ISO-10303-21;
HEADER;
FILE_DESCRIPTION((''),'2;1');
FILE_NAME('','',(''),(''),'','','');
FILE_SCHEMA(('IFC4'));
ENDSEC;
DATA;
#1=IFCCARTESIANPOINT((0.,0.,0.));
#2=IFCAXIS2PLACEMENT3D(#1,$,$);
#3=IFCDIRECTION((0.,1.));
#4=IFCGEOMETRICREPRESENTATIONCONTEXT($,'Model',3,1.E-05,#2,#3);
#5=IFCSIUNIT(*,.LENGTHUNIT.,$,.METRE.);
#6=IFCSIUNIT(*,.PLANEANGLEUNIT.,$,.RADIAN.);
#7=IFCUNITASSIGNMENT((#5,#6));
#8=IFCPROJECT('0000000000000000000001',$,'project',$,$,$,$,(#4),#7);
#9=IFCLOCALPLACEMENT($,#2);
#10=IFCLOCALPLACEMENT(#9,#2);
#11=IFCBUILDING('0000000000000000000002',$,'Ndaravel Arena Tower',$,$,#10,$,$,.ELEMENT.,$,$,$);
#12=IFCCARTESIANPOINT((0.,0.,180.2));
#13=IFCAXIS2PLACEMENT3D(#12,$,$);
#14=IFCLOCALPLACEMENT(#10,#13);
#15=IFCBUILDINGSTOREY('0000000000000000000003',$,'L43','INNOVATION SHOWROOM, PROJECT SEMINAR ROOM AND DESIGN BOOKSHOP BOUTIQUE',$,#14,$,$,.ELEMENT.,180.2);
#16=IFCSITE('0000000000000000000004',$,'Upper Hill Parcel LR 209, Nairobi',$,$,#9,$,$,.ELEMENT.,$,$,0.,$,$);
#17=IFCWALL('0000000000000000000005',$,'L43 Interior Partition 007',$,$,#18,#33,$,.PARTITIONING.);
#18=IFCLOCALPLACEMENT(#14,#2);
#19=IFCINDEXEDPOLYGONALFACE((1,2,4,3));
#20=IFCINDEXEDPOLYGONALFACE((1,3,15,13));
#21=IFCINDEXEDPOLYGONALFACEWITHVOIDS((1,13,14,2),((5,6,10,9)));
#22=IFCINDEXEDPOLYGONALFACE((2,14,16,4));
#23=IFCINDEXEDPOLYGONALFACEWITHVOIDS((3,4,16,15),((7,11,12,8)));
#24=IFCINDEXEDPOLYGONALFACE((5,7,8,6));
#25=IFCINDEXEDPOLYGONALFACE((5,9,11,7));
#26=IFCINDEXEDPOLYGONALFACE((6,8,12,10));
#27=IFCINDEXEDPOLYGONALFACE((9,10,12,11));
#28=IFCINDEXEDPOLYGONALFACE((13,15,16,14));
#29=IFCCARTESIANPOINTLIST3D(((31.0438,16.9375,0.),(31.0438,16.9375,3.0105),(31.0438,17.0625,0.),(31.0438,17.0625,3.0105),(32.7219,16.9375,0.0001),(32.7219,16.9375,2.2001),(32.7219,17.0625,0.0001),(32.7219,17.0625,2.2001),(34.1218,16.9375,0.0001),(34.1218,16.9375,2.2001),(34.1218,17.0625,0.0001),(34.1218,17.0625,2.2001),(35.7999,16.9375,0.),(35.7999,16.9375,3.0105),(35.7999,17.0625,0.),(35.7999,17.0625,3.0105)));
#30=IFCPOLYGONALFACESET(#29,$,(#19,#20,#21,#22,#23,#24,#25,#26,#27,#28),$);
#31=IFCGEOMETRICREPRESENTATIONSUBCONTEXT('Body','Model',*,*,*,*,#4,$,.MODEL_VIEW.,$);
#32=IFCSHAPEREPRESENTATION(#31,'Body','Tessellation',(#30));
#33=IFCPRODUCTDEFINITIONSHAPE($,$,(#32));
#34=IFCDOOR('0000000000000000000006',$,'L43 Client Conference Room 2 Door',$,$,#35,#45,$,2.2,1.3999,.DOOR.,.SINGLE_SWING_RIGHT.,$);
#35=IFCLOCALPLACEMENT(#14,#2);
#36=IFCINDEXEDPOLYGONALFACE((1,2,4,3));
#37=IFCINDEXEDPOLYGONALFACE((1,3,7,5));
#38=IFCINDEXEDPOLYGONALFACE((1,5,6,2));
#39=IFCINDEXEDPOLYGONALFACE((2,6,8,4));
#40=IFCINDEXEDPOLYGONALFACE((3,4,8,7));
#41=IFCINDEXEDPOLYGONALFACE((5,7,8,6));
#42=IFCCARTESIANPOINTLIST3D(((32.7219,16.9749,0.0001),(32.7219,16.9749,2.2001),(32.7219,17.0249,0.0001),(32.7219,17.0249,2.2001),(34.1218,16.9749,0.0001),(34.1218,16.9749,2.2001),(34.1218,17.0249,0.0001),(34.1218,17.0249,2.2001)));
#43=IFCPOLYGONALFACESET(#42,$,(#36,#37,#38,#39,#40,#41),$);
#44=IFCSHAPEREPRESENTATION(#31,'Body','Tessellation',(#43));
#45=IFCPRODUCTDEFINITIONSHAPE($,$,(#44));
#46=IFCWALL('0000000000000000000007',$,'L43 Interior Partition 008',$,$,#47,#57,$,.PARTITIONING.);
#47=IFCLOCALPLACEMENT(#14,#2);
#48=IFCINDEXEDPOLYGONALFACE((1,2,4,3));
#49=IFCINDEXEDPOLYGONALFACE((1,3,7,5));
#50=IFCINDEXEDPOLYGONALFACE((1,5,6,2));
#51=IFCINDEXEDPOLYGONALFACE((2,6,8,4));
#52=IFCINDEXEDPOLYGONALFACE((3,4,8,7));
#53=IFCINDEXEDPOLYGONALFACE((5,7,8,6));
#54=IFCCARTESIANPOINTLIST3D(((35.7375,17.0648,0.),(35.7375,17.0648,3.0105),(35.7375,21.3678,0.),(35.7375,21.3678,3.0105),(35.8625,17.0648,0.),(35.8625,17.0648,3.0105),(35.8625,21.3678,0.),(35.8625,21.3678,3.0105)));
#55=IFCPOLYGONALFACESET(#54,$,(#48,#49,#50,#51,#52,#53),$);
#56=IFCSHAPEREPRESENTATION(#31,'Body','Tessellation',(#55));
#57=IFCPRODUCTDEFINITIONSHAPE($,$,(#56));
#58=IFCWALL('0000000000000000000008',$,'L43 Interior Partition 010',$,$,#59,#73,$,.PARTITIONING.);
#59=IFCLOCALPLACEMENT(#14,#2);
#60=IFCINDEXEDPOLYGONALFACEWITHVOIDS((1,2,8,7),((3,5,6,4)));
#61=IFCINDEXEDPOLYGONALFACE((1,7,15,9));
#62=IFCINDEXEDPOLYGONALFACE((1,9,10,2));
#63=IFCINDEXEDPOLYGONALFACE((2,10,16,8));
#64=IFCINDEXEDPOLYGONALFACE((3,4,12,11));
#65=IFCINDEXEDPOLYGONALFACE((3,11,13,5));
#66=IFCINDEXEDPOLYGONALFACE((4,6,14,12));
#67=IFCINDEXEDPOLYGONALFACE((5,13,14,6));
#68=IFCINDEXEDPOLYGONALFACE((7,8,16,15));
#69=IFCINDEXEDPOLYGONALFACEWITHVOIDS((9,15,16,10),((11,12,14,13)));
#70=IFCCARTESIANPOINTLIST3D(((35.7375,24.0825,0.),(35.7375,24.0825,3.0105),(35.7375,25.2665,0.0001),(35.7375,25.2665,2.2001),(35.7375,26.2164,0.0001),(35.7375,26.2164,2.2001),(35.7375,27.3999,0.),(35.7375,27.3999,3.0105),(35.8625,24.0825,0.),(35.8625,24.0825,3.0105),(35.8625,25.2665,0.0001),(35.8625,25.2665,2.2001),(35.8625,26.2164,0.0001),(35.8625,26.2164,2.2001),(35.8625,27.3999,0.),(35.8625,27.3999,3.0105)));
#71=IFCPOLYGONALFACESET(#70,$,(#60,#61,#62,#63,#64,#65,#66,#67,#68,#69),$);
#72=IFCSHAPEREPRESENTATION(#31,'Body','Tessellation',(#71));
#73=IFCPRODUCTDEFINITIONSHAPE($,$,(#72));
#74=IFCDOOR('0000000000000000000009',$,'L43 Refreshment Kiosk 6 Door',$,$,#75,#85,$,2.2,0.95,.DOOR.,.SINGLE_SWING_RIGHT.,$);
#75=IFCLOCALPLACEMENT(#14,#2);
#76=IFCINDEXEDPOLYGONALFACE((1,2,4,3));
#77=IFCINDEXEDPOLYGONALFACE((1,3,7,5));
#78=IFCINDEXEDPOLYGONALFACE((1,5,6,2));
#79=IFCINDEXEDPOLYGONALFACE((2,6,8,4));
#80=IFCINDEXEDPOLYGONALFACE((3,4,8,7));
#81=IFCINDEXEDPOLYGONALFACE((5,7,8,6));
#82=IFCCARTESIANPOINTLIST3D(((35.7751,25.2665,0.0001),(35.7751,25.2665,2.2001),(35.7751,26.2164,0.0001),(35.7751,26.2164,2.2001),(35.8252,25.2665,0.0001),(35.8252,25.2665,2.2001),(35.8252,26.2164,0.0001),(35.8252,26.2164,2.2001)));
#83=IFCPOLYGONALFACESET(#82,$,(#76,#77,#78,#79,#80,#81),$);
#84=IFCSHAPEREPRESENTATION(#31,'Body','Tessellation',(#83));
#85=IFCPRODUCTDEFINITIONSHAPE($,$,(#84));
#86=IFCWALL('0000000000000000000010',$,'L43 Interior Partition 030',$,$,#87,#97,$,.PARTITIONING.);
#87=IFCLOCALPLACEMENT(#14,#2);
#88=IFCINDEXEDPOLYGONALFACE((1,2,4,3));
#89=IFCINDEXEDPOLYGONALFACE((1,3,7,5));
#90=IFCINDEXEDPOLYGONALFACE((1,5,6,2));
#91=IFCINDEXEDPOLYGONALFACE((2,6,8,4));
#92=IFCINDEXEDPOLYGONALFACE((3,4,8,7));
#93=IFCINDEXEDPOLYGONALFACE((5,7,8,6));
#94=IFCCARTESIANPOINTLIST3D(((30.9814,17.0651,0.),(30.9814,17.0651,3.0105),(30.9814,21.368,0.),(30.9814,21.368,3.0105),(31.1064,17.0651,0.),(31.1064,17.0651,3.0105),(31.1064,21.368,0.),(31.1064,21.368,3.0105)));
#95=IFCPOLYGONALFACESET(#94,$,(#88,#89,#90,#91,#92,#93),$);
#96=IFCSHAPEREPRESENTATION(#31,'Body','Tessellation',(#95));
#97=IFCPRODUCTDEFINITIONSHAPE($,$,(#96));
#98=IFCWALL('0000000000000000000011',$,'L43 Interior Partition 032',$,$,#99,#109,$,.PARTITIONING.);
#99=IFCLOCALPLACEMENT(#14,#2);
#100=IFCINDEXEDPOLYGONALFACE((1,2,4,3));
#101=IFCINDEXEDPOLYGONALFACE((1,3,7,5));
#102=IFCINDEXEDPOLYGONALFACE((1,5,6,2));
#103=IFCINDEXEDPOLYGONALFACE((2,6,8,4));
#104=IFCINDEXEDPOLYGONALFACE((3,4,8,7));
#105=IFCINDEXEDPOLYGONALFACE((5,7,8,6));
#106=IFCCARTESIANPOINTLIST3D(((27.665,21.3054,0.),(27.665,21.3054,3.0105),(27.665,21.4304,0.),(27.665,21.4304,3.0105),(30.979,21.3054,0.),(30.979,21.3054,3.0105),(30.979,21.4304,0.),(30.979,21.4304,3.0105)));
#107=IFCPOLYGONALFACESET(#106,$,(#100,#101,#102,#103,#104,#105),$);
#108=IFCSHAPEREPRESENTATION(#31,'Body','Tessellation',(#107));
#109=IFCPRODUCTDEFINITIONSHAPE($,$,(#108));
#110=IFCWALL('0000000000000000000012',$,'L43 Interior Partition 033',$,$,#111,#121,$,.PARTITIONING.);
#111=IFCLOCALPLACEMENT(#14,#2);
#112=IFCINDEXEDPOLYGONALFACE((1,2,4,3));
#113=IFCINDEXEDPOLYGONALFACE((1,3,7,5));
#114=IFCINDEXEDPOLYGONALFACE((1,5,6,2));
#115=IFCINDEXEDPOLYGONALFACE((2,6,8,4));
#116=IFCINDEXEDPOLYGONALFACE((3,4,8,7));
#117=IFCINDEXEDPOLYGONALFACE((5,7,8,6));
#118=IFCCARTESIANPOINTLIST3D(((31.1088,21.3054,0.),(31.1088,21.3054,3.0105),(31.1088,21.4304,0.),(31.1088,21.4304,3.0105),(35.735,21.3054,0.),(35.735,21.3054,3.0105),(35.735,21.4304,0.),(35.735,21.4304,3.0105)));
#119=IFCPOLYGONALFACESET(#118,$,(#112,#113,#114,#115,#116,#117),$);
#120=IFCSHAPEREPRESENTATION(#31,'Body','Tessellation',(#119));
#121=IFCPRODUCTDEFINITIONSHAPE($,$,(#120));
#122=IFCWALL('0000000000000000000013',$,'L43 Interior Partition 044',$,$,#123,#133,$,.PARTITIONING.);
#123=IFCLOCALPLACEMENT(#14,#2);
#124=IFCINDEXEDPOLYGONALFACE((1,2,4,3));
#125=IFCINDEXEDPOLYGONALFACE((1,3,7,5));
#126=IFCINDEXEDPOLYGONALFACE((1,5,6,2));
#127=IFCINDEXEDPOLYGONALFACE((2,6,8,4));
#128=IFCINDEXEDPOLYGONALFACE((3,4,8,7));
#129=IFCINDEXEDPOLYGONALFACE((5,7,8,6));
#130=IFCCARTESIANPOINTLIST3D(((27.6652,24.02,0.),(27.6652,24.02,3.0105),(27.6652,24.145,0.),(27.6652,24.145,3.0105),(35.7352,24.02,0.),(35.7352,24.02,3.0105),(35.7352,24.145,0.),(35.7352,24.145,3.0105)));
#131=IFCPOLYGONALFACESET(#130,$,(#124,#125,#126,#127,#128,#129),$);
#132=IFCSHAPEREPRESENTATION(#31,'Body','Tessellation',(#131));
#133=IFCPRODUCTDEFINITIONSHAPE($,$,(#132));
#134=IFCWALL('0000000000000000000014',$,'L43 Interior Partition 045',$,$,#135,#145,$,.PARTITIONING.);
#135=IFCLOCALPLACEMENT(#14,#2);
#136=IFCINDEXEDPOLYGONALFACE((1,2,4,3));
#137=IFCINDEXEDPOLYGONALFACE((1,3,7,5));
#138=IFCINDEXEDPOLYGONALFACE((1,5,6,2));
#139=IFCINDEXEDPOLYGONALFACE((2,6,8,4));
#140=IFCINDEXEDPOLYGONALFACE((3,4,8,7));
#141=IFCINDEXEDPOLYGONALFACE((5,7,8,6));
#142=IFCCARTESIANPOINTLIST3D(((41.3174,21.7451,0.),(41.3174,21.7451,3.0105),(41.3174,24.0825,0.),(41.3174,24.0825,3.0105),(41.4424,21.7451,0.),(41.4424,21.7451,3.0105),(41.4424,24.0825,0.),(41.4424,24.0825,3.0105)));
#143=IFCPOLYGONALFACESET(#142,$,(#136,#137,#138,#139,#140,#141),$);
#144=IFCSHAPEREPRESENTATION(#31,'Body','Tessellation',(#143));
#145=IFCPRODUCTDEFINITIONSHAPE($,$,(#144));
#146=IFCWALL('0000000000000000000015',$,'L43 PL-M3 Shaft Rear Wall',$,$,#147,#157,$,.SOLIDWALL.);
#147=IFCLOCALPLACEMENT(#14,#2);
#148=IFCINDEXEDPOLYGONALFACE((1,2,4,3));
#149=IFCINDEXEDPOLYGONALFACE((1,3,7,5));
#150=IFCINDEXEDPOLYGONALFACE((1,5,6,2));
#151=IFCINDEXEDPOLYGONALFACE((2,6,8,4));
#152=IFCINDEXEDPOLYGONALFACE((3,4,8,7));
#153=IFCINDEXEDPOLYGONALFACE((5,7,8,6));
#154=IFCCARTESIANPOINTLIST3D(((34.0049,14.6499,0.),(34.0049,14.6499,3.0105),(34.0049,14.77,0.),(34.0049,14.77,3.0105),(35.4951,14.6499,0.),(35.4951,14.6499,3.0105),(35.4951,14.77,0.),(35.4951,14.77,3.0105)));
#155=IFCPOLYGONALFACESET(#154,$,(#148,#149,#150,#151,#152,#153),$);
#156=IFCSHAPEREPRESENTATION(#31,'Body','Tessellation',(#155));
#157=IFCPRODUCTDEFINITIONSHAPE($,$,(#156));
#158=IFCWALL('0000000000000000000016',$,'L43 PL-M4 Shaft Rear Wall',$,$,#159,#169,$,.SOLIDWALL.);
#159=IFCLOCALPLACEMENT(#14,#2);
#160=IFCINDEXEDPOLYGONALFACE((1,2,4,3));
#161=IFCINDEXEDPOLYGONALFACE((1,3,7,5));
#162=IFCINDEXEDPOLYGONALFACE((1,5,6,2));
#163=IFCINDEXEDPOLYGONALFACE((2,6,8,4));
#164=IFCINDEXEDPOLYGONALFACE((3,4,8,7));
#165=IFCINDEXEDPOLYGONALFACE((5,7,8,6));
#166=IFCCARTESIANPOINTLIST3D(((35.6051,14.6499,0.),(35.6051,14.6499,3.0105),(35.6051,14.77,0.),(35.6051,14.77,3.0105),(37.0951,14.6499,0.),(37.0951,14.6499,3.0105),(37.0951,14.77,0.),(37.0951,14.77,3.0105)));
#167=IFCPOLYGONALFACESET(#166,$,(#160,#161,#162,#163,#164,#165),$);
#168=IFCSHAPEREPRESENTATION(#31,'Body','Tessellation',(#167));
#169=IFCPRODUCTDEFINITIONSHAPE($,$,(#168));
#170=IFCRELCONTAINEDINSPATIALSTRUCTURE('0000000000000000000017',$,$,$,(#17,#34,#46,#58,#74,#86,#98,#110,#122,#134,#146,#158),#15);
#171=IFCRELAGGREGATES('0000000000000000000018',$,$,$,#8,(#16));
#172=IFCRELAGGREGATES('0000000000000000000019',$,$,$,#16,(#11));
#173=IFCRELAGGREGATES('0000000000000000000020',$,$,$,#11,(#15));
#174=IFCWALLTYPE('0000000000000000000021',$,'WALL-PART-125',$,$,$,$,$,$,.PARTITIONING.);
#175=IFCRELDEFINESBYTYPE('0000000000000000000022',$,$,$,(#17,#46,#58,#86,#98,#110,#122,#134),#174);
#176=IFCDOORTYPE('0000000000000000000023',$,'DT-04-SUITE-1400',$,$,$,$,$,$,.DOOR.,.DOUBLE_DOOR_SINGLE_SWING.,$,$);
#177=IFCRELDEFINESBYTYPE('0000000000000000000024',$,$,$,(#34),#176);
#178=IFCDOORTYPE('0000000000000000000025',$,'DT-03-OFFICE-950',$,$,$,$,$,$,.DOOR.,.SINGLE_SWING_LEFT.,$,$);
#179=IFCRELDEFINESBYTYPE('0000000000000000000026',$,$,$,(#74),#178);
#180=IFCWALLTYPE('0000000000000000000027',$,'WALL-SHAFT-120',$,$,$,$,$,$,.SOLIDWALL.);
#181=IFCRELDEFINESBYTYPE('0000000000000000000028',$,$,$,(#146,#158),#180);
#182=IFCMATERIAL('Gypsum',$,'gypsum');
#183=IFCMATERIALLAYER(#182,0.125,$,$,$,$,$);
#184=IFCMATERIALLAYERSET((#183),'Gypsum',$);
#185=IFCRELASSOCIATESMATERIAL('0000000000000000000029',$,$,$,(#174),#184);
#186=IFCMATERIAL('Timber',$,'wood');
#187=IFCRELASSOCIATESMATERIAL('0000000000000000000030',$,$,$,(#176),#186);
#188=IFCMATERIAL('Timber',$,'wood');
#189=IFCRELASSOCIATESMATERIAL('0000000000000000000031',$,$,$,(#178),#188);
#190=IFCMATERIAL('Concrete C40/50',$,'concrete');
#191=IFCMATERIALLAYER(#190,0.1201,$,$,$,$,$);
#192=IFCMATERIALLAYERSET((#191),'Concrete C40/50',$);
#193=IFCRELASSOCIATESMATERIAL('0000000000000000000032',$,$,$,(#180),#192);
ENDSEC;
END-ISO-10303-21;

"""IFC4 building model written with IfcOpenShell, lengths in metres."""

from ifc_helpers import new_model, si_unit, direction, frame, frame_2d, origin, place, context, subcontext, project, spatial, rectangle, extrude, material, layer, layer_set, type_object, element, fill, save


model = new_model("IFC4")

# Units and contexts
model_context = context("Model", 3, precision=1e-05, world=origin(), true_north=direction((0.0, 1.0)))
body_context = subcontext(model_context, "Body", "Model", "MODEL_VIEW")
ifc_project = project(units=[si_unit("LENGTHUNIT", "METRE"), si_unit("PLANEANGLEUNIT", "RADIAN")], contexts=[model_context])

# Site, building, storey
site_placement = place(None, origin())
site = spatial("IfcSite", under=ifc_project, at=site_placement, Name="Upper Hill Parcel LR 209, Nairobi", CompositionType="ELEMENT", RefElevation=0.0)
building_placement = place(site_placement, origin())
building = spatial("IfcBuilding", under=site, at=building_placement, Name="Ndaravel Arena Tower", CompositionType="ELEMENT")
storey_placement = place(building_placement, frame((0.0, 0.0, 180.2)))
storey = spatial("IfcBuildingStorey", under=building, at=storey_placement, Name="L43", Description="INNOVATION SHOWROOM, PROJECT SEMINAR ROOM AND DESIGN BOOKSHOP BOUTIQUE", CompositionType="ELEMENT", Elevation=180.2)

# Wall, opening, door
ifc_material_1 = material(Name="Gypsum", Category="gypsum")
ifc_layer_1 = layer(ifc_material_1, 0.125)
ifc_layer_set_1 = layer_set([ifc_layer_1], Name="Gypsum")
wall_type_1 = type_object("IfcWallType", Name="WALL-PART-125", PredefinedType="PARTITIONING", material=ifc_layer_set_1)
wall_1_placement = place(storey_placement, frame((31.0439, 17.0, 0.0), z_axis=(0.0, 0.0, 1.0), x_axis=(1.0, 0.0, 0.0)))
wall_1 = element("IfcWall", 1, at=wall_1_placement, inside=storey, type_object=wall_type_1, Name="L43 Interior Partition 007", PredefinedType="PARTITIONING", context=body_context, shape_type="SweptSolid", body=[
    extrude(rectangle(XDim=4.7561, YDim=0.125, at=frame_2d((2.3779, 0.0))), origin(), (0.0, 0.0, 1.0), 3.0105),
])
opening_1_placement = place(wall_1_placement, frame((1.678, 0.0, 0.0)))
opening_1 = element("IfcOpeningElement", 2, at=opening_1_placement, cuts=wall_1, PredefinedType="OPENING", context=body_context, shape_type="SweptSolid", body=[
    extrude(rectangle(XDim=1.3999, YDim=2.2, at=frame_2d((0.7, 1.1001))), frame((0.0, 0.0625, 0.0), z_axis=(0.0, -1.0, 0.0), x_axis=(1.0, 0.0, 0.0)), (0.0, 0.0, 1.0), 0.125),
])
ifc_material_2 = material(Name="Timber", Category="wood")
door_type_1 = type_object("IfcDoorType", Name="DT-04-SUITE-1400", OperationType="DOUBLE_DOOR_SINGLE_SWING", PredefinedType="DOOR", material=ifc_material_2)
door_1_placement = place(opening_1_placement, origin())
door_1 = element("IfcDoor", 3, at=door_1_placement, inside=storey, type_object=door_type_1, Name="L43 Client Conference Room 2 Door", OperationType="SINGLE_SWING_RIGHT", OverallHeight=2.2, OverallWidth=1.3999, PredefinedType="DOOR", context=body_context, shape_type="SweptSolid", body=[
    extrude(rectangle(XDim=1.3999, YDim=2.2, at=frame_2d((0.7, 1.1001))), frame((0.0, 0.0249, 0.0), z_axis=(0.0, -1.0, 0.0), x_axis=(1.0, 0.0, 0.0)), (0.0, 0.0, 1.0), 0.05),
])
fill(opening_1, door_1)

# Wall
wall_2_placement = place(storey_placement, frame((35.8, 17.0649, 0.0), z_axis=(0.0, 0.0, 1.0), x_axis=(0.0, 1.0, 0.0)))
element("IfcWall", 4, at=wall_2_placement, inside=storey, type_object=wall_type_1, Name="L43 Interior Partition 008", PredefinedType="PARTITIONING", context=body_context, shape_type="SweptSolid", body=[
    extrude(rectangle(XDim=4.303, YDim=0.125, at=frame_2d((2.1514, 0.0))), origin(), (0.0, 0.0, 1.0), 3.0105),
])

# Wall, opening, door
wall_3_placement = place(storey_placement, frame((35.8, 24.0825, 0.0), z_axis=(0.0, 0.0, 1.0), x_axis=(0.0, 1.0, 0.0)))
wall_3 = element("IfcWall", 5, at=wall_3_placement, inside=storey, type_object=wall_type_1, Name="L43 Interior Partition 010", PredefinedType="PARTITIONING", context=body_context, shape_type="SweptSolid", body=[
    extrude(rectangle(XDim=3.3174, YDim=0.125, at=frame_2d((1.6587, 0.0))), origin(), (0.0, 0.0, 1.0), 3.0105),
])
opening_2_placement = place(wall_3_placement, frame((1.1838, 0.0, 0.0)))
opening_2 = element("IfcOpeningElement", 6, at=opening_2_placement, cuts=wall_3, PredefinedType="OPENING", context=body_context, shape_type="SweptSolid", body=[
    extrude(rectangle(XDim=0.95, YDim=2.2, at=frame_2d((0.4751, 1.1001))), frame((0.0, 0.0625, 0.0), z_axis=(0.0, -1.0, 0.0), x_axis=(1.0, 0.0, 0.0)), (0.0, 0.0, 1.0), 0.125),
])
ifc_material_3 = material(Name="Timber", Category="wood")
door_type_2 = type_object("IfcDoorType", Name="DT-03-OFFICE-950", OperationType="SINGLE_SWING_LEFT", PredefinedType="DOOR", material=ifc_material_3)
door_2_placement = place(opening_2_placement, origin())
door_2 = element("IfcDoor", 7, at=door_2_placement, inside=storey, type_object=door_type_2, Name="L43 Refreshment Kiosk 6 Door", OperationType="SINGLE_SWING_RIGHT", OverallHeight=2.2, OverallWidth=0.95, PredefinedType="DOOR", context=body_context, shape_type="SweptSolid", body=[
    extrude(rectangle(XDim=0.95, YDim=2.2, at=frame_2d((0.4751, 1.1001))), frame((0.0, 0.0249, 0.0), z_axis=(0.0, -1.0, 0.0), x_axis=(1.0, 0.0, 0.0)), (0.0, 0.0, 1.0), 0.05),
])
fill(opening_2, door_2)

# Walls
wall_4_placement = place(storey_placement, frame((31.0439, 21.3679, 0.0), z_axis=(0.0, 0.0, 1.0), x_axis=(0.0, -1.0, 0.0)))
element("IfcWall", 8, at=wall_4_placement, inside=storey, type_object=wall_type_1, Name="L43 Interior Partition 030", PredefinedType="PARTITIONING", context=body_context, shape_type="SweptSolid", body=[
    extrude(rectangle(XDim=4.303, YDim=0.125, at=frame_2d((2.1514, 0.0))), origin(), (0.0, 0.0, 1.0), 3.0105),
])
wall_5_placement = place(storey_placement, frame((27.665, 21.3679, 0.0), z_axis=(0.0, 0.0, 1.0), x_axis=(1.0, 0.0, 0.0)))
element("IfcWall", 9, at=wall_5_placement, inside=storey, type_object=wall_type_1, Name="L43 Interior Partition 032", PredefinedType="PARTITIONING", context=body_context, shape_type="SweptSolid", body=[
    extrude(rectangle(XDim=3.314, YDim=0.125, at=frame_2d((1.657, 0.0))), origin(), (0.0, 0.0, 1.0), 3.0105),
])
wall_6_placement = place(storey_placement, frame((31.1089, 21.3679, 0.0), z_axis=(0.0, 0.0, 1.0), x_axis=(1.0, 0.0, 0.0)))
element("IfcWall", 10, at=wall_6_placement, inside=storey, type_object=wall_type_1, Name="L43 Interior Partition 033", PredefinedType="PARTITIONING", context=body_context, shape_type="SweptSolid", body=[
    extrude(rectangle(XDim=4.6262, YDim=0.125, at=frame_2d((2.313, 0.0))), origin(), (0.0, 0.0, 1.0), 3.0105),
])
wall_7_placement = place(storey_placement, frame((27.665, 24.0825, 0.0), z_axis=(0.0, 0.0, 1.0), x_axis=(1.0, 0.0, 0.0)))
element("IfcWall", 11, at=wall_7_placement, inside=storey, type_object=wall_type_1, Name="L43 Interior Partition 044", PredefinedType="PARTITIONING", context=body_context, shape_type="SweptSolid", body=[
    extrude(rectangle(XDim=8.0701, YDim=0.125, at=frame_2d((4.0352, 0.0))), origin(), (0.0, 0.0, 1.0), 3.0105),
])
wall_8_placement = place(storey_placement, frame((41.3799, 21.7451, 0.0), z_axis=(0.0, 0.0, 1.0), x_axis=(0.0, 1.0, 0.0)))
element("IfcWall", 12, at=wall_8_placement, inside=storey, type_object=wall_type_1, Name="L43 Interior Partition 045", PredefinedType="PARTITIONING", context=body_context, shape_type="SweptSolid", body=[
    extrude(rectangle(XDim=2.3374, YDim=0.125, at=frame_2d((1.1687, 0.0))), origin(), (0.0, 0.0, 1.0), 3.0105),
])
ifc_material_4 = material(Name="Concrete C40/50", Category="concrete")
ifc_layer_2 = layer(ifc_material_4, 0.1201)
ifc_layer_set_2 = layer_set([ifc_layer_2], Name="Concrete C40/50")
wall_type_2 = type_object("IfcWallType", Name="WALL-SHAFT-120", PredefinedType="SOLIDWALL", material=ifc_layer_set_2)
wall_9_placement = place(storey_placement, frame((34.0049, 14.71, 0.0), z_axis=(0.0, 0.0, 1.0), x_axis=(1.0, 0.0, 0.0)))
element("IfcWall", 13, at=wall_9_placement, inside=storey, type_object=wall_type_2, Name="L43 PL-M3 Shaft Rear Wall", PredefinedType="SOLIDWALL", context=body_context, shape_type="SweptSolid", body=[
    extrude(rectangle(XDim=1.4902, YDim=0.1201, at=frame_2d((0.7451, 0.0))), origin(), (0.0, 0.0, 1.0), 3.0105),
])
wall_10_placement = place(storey_placement, frame((35.605, 14.71, 0.0), z_axis=(0.0, 0.0, 1.0), x_axis=(1.0, 0.0, 0.0)))
element("IfcWall", 14, at=wall_10_placement, inside=storey, type_object=wall_type_2, Name="L43 PL-M4 Shaft Rear Wall", PredefinedType="SOLIDWALL", context=body_context, shape_type="SweptSolid", body=[
    extrude(rectangle(XDim=1.49, YDim=0.1201, at=frame_2d((0.7451, 0.0))), origin(), (0.0, 0.0, 1.0), 3.0105),
])

save(model, "model.ifc")
